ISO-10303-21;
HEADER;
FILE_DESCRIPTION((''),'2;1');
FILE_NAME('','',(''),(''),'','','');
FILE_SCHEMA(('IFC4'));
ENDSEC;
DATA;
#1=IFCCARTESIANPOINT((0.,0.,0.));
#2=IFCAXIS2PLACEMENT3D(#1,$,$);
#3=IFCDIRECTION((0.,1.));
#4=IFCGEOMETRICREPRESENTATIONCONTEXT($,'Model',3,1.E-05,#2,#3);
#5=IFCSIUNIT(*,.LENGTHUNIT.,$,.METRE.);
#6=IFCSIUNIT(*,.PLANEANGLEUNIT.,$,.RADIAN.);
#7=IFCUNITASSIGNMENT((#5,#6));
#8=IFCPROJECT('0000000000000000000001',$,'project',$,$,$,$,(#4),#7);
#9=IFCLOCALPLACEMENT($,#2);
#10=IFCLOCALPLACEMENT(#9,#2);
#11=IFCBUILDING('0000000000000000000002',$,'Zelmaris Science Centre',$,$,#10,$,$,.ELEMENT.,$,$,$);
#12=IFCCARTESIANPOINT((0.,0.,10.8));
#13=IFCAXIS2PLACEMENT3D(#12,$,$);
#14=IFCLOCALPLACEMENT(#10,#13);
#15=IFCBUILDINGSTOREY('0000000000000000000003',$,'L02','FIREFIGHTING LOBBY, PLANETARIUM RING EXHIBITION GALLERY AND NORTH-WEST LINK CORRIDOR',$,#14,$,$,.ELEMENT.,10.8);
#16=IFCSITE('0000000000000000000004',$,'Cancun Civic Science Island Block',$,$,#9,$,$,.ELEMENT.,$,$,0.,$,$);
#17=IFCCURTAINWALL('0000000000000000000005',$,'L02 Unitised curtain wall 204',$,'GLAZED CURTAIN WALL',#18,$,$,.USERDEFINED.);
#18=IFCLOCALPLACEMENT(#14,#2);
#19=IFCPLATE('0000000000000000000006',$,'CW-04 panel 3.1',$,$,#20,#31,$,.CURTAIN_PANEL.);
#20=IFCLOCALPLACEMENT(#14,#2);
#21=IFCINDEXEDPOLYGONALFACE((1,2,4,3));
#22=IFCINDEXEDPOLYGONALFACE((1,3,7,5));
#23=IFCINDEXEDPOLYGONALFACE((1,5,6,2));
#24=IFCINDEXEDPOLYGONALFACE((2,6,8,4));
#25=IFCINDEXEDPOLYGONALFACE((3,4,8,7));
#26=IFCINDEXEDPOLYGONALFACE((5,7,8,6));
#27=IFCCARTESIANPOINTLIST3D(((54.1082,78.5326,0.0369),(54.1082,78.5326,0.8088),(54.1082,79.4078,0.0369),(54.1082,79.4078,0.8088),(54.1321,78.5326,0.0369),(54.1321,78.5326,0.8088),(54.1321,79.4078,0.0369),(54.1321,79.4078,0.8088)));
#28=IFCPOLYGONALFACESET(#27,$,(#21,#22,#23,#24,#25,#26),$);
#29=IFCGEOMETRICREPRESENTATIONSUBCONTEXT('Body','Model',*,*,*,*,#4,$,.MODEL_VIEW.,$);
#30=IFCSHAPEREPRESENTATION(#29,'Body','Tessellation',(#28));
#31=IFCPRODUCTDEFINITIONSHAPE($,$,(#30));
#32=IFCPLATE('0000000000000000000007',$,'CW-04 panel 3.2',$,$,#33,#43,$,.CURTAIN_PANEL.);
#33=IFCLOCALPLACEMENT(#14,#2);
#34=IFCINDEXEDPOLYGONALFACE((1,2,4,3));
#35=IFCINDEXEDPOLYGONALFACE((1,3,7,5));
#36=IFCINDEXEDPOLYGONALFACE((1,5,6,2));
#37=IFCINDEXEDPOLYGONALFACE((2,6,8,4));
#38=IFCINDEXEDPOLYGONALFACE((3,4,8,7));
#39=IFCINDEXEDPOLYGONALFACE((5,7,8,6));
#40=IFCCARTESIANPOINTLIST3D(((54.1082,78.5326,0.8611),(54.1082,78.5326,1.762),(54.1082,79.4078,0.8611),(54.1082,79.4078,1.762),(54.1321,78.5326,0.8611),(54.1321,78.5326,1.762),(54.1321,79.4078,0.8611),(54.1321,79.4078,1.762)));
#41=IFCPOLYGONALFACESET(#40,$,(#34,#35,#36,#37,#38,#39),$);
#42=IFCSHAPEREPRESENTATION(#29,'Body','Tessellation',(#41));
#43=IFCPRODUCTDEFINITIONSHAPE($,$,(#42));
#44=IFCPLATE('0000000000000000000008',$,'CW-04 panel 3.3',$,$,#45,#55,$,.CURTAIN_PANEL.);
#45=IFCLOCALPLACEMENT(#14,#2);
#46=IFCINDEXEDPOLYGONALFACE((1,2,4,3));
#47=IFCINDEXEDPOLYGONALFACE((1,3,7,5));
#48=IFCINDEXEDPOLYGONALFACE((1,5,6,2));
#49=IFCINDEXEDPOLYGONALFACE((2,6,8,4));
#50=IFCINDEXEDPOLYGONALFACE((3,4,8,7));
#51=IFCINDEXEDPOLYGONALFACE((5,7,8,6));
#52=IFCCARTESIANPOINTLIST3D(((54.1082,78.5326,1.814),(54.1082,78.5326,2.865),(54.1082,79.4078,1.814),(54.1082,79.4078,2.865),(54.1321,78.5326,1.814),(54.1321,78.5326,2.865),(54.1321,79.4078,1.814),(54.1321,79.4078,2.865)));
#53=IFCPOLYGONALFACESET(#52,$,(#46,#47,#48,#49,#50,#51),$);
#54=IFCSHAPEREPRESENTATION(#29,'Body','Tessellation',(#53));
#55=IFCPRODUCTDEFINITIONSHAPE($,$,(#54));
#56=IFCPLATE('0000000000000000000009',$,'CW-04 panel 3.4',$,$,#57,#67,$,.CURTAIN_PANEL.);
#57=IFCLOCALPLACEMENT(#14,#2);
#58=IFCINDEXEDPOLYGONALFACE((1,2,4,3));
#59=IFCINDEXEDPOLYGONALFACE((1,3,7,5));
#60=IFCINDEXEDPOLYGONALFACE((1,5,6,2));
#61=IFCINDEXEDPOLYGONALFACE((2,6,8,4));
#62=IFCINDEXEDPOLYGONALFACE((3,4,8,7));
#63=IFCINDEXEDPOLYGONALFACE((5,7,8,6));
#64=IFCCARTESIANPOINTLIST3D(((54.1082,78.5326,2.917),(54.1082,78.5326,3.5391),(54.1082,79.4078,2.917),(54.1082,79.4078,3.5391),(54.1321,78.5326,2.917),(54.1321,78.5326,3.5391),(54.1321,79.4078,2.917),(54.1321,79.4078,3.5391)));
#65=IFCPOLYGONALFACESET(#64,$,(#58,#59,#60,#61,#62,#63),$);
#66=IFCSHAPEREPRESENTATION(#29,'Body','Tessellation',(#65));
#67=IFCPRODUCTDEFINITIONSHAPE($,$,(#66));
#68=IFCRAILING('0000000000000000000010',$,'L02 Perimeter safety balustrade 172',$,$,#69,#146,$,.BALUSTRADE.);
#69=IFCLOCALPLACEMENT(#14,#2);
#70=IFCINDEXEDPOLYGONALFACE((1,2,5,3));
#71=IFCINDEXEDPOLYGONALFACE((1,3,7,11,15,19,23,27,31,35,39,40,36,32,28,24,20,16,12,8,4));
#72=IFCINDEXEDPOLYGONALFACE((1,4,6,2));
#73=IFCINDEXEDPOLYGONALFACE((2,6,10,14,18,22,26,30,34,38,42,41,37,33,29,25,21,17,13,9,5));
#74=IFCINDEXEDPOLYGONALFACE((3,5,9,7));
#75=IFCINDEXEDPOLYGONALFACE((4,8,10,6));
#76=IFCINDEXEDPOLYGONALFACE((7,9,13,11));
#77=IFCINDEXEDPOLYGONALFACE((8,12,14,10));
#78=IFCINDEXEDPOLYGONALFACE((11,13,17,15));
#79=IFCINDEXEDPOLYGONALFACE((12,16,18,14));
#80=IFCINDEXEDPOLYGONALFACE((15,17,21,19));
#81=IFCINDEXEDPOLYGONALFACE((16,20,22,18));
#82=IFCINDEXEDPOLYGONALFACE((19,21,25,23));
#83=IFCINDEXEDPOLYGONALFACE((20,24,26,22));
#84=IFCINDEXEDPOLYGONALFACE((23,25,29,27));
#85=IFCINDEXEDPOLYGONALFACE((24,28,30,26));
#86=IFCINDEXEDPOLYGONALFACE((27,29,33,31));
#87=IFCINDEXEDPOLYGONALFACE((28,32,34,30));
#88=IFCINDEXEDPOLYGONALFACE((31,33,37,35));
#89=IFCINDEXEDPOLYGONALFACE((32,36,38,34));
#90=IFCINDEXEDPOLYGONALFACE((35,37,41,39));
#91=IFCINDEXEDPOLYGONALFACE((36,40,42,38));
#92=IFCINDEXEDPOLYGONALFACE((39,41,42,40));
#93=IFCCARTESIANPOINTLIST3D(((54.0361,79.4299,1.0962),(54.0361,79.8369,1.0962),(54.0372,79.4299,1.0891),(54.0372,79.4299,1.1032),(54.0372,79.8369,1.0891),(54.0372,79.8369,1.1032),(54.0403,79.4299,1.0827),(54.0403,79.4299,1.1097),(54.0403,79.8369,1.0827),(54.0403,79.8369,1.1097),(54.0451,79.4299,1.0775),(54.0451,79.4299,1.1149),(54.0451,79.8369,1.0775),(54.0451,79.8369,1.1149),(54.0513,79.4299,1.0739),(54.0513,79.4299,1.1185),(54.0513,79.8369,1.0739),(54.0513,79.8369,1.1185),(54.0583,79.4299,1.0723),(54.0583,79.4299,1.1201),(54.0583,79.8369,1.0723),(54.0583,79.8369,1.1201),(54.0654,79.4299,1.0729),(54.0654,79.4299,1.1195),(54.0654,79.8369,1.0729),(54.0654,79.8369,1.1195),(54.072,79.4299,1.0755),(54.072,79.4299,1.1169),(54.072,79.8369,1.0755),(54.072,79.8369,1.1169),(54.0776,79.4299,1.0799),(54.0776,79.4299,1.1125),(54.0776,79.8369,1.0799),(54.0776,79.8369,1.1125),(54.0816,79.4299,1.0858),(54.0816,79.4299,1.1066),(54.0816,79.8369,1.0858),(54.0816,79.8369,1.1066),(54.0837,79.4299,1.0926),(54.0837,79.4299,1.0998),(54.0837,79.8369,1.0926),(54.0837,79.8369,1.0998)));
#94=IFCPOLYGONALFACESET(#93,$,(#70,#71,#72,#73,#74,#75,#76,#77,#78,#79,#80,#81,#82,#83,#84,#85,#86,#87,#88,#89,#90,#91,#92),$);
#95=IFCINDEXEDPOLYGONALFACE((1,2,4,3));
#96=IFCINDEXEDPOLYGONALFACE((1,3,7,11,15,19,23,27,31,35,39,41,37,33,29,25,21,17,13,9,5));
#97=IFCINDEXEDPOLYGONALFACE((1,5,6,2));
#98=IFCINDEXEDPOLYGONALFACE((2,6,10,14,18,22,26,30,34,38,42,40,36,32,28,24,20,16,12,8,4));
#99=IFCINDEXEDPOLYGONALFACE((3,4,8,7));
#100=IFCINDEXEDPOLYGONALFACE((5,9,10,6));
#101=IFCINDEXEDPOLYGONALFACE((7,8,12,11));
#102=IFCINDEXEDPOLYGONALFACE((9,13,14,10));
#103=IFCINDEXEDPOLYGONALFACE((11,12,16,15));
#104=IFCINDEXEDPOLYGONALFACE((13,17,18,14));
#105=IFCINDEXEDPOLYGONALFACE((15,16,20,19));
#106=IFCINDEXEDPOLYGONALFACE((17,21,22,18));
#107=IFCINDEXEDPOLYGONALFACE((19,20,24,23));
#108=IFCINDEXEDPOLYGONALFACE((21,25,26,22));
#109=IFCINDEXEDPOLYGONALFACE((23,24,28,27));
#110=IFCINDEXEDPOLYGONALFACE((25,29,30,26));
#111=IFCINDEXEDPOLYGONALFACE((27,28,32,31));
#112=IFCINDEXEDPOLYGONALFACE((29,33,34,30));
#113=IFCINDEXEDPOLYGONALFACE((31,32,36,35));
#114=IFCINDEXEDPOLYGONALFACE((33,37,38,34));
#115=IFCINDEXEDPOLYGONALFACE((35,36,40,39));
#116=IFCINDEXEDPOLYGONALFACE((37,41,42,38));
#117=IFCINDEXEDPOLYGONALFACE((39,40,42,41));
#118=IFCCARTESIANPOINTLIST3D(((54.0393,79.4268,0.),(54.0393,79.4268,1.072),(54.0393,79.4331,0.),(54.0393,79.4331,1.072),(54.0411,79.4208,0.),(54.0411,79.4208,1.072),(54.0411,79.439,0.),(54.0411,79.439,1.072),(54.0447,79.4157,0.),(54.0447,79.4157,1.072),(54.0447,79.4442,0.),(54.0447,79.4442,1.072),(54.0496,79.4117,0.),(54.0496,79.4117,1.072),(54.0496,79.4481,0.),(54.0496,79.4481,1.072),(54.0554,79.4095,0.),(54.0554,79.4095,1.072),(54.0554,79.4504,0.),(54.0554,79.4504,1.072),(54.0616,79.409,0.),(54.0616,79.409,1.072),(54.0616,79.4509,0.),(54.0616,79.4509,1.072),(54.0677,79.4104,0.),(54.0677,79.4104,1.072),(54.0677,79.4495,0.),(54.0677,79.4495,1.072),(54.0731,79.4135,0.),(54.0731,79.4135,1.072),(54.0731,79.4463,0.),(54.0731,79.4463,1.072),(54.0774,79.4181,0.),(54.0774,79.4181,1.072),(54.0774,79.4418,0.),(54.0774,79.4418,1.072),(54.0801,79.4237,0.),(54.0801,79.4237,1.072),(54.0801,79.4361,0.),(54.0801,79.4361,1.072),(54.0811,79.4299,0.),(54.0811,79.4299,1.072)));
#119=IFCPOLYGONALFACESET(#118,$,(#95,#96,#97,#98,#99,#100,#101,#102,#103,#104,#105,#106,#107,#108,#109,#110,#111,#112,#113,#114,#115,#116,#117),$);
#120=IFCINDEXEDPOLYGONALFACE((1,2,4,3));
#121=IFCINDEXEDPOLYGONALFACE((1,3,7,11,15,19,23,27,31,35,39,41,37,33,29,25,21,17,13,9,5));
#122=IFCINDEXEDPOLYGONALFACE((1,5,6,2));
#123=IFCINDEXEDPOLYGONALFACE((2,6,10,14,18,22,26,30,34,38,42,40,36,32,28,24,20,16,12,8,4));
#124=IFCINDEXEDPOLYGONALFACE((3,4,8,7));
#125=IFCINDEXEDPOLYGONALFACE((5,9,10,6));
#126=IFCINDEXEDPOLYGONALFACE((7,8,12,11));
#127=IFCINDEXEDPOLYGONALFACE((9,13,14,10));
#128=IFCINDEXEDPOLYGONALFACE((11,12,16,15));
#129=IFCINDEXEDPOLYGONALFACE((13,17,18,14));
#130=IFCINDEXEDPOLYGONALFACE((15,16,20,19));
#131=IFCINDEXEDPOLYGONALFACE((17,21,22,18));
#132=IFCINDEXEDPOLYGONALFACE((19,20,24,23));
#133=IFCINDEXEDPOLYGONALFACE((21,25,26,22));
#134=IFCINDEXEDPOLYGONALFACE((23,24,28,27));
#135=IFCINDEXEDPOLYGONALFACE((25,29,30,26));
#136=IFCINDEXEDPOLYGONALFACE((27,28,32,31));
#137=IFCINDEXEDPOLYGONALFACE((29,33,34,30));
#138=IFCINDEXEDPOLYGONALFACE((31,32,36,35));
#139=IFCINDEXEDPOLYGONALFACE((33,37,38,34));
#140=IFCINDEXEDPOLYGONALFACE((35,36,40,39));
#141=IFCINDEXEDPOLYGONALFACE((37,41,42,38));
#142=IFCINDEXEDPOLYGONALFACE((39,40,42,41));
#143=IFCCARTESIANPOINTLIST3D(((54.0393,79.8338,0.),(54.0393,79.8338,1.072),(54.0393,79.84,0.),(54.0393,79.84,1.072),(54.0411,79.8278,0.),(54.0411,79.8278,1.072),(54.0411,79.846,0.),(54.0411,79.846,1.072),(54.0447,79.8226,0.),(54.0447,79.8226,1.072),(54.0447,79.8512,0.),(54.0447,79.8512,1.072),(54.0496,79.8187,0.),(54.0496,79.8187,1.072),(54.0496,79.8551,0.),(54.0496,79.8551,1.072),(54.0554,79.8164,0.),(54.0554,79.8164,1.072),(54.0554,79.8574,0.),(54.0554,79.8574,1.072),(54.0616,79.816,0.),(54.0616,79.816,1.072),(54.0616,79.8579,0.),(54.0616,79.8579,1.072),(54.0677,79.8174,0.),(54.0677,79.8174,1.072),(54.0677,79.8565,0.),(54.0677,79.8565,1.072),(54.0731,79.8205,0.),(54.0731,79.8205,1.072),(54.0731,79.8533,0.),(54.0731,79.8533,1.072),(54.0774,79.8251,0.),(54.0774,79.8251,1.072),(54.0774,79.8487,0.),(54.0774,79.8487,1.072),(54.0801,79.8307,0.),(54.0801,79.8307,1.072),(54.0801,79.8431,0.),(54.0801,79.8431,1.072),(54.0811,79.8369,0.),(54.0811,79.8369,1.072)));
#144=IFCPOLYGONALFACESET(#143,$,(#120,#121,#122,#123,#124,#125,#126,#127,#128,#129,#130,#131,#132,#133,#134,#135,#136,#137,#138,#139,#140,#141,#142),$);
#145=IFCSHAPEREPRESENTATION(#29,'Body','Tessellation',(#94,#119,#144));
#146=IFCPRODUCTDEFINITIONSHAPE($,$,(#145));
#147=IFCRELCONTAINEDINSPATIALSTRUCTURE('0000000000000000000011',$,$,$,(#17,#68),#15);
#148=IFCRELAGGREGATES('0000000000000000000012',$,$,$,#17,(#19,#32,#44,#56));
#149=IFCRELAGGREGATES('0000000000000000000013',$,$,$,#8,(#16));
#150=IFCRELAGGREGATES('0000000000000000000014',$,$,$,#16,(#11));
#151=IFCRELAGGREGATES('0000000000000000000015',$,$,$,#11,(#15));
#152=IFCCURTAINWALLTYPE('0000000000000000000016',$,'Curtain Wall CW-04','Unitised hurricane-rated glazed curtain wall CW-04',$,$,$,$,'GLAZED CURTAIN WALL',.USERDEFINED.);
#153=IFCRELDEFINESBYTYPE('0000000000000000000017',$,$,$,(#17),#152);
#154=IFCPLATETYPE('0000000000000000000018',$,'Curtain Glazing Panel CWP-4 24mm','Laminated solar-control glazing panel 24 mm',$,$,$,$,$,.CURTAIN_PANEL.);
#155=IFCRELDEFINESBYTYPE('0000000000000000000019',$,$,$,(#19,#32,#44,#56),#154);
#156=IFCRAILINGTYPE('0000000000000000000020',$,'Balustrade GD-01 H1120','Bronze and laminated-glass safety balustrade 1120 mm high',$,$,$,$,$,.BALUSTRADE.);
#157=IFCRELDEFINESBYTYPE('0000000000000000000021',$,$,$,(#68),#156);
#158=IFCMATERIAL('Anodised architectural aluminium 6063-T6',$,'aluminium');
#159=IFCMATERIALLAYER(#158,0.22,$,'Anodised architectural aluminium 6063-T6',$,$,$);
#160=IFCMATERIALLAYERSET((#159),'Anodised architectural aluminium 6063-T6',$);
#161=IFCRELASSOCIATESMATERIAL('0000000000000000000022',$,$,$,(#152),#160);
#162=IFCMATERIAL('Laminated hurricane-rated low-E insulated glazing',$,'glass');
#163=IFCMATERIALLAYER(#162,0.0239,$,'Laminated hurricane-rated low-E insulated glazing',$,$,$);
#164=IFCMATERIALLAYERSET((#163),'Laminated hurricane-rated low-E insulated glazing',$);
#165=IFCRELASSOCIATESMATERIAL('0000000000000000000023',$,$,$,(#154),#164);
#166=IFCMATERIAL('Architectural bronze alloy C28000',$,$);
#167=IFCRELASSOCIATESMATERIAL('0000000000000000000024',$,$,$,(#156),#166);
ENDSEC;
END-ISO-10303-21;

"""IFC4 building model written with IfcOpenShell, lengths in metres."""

from ifc_helpers import new_model, si_unit, direction, frame, origin, origin_2d, place, context, subcontext, project, spatial, rectangle, circle, extrude, material, layer, layer_set, type_object, element, aggregate, save


model = new_model("IFC4")

# Units and contexts
model_context = context("Model", 3, precision=1e-05, world=origin(), true_north=direction((0.0, 1.0)))
body_context = subcontext(model_context, "Body", "Model", "MODEL_VIEW")
ifc_project = project(units=[si_unit("LENGTHUNIT", "METRE"), si_unit("PLANEANGLEUNIT", "RADIAN")], contexts=[model_context])

# Site, building, storey
site_placement = place(None, origin())
site = spatial("IfcSite", under=ifc_project, at=site_placement, Name="Cancun Civic Science Island Block", CompositionType="ELEMENT", RefElevation=0.0)
building_placement = place(site_placement, origin())
building = spatial("IfcBuilding", under=site, at=building_placement, Name="Zelmaris Science Centre", CompositionType="ELEMENT")
storey_placement = place(building_placement, frame((0.0, 0.0, 10.8)))
storey = spatial("IfcBuildingStorey", under=building, at=storey_placement, Name="L02", Description="FIREFIGHTING LOBBY, PLANETARIUM RING EXHIBITION GALLERY AND NORTH-WEST LINK CORRIDOR", CompositionType="ELEMENT", Elevation=10.8)

# Curtain wall
ifc_material_1 = material(Name="Anodised architectural aluminium 6063-T6", Category="aluminium")
ifc_layer_1 = layer(ifc_material_1, 0.22, Name="Anodised architectural aluminium 6063-T6")
ifc_layer_set_1 = layer_set([ifc_layer_1], Name="Anodised architectural aluminium 6063-T6")
curtain_wall_type = type_object("IfcCurtainWallType", Name="Curtain Wall CW-04", Description="Unitised hurricane-rated glazed curtain wall CW-04", ElementType="GLAZED CURTAIN WALL", PredefinedType="USERDEFINED", material=ifc_layer_set_1)
curtain_wall_placement = place(storey_placement, origin())
curtain_wall = element("IfcCurtainWall", 1, at=curtain_wall_placement, inside=storey, type_object=curtain_wall_type, Name="L02 Unitised curtain wall 204", ObjectType="GLAZED CURTAIN WALL", PredefinedType="USERDEFINED")

# Plates
ifc_material_2 = material(Name="Laminated hurricane-rated low-E insulated glazing", Category="glass")
ifc_layer_2 = layer(ifc_material_2, 0.0239, Name="Laminated hurricane-rated low-E insulated glazing")
ifc_layer_set_2 = layer_set([ifc_layer_2], Name="Laminated hurricane-rated low-E insulated glazing")
plate_type = type_object("IfcPlateType", Name="Curtain Glazing Panel CWP-4 24mm", Description="Laminated solar-control glazing panel 24 mm", PredefinedType="CURTAIN_PANEL", material=ifc_layer_set_2)
plate_1_placement = place(storey_placement, frame((54.1201, 78.9702, 0.0369), z_axis=(0.0, 0.0, 1.0), x_axis=(0.0, 1.0, 0.0)))
plate_1 = element("IfcPlate", 2, at=plate_1_placement, type_object=plate_type, Name="CW-04 panel 3.1", PredefinedType="CURTAIN_PANEL", context=body_context, shape_type="SweptSolid", body=[
    extrude(rectangle(XDim=0.8752, YDim=0.0239, at=origin_2d()), origin(), (0.0, 0.0, 1.0), 0.772),
])
plate_2_placement = place(storey_placement, frame((54.1201, 78.9702, 0.8611), z_axis=(0.0, 0.0, 1.0), x_axis=(0.0, 1.0, 0.0)))
plate_2 = element("IfcPlate", 3, at=plate_2_placement, type_object=plate_type, Name="CW-04 panel 3.2", PredefinedType="CURTAIN_PANEL", context=body_context, shape_type="SweptSolid", body=[
    extrude(rectangle(XDim=0.8752, YDim=0.0239, at=origin_2d()), origin(), (0.0, 0.0, 1.0), 0.9009),
])
plate_3_placement = place(storey_placement, frame((54.1201, 78.9702, 1.814), z_axis=(0.0, 0.0, 1.0), x_axis=(0.0, 1.0, 0.0)))
plate_3 = element("IfcPlate", 4, at=plate_3_placement, type_object=plate_type, Name="CW-04 panel 3.3", PredefinedType="CURTAIN_PANEL", context=body_context, shape_type="SweptSolid", body=[
    extrude(rectangle(XDim=0.8752, YDim=0.0239, at=origin_2d()), origin(), (0.0, 0.0, 1.0), 1.051),
])
plate_4_placement = place(storey_placement, frame((54.1201, 78.9702, 2.917), z_axis=(0.0, 0.0, 1.0), x_axis=(0.0, 1.0, 0.0)))
plate_4 = element("IfcPlate", 5, at=plate_4_placement, type_object=plate_type, Name="CW-04 panel 3.4", PredefinedType="CURTAIN_PANEL", context=body_context, shape_type="SweptSolid", body=[
    extrude(rectangle(XDim=0.8752, YDim=0.0239, at=origin_2d()), origin(), (0.0, 0.0, 1.0), 0.6221),
])
aggregate(curtain_wall, [plate_1, plate_2, plate_3, plate_4])

# Railing
ifc_material_3 = material(Name="Architectural bronze alloy C28000")
railing_type = type_object("IfcRailingType", Name="Balustrade GD-01 H1120", Description="Bronze and laminated-glass safety balustrade 1120 mm high", PredefinedType="BALUSTRADE", material=ifc_material_3)
railing_placement = place(storey_placement, frame((54.0601, 79.4299, 0.0)))
element("IfcRailing", 6, at=railing_placement, inside=storey, type_object=railing_type, Name="L02 Perimeter safety balustrade 172", PredefinedType="BALUSTRADE", context=body_context, shape_type="SweptSolid", body=[
    extrude(circle(Radius=0.0239, at=origin_2d()), frame((0.0, 0.0, 1.0962), z_axis=(0.0, 1.0, 0.0), x_axis=(-1.0, 0.0, 0.0)), (0.0, 0.0, 1.0), 0.407),
    extrude(circle(Radius=0.021, at=origin_2d()), origin(), (0.0, 0.0, 1.0), 1.072),
    extrude(circle(Radius=0.021, at=origin_2d()), frame((0.0, 0.407, 0.0)), (0.0, 0.0, 1.0), 1.072),
])

save(model, "model.ifc")
